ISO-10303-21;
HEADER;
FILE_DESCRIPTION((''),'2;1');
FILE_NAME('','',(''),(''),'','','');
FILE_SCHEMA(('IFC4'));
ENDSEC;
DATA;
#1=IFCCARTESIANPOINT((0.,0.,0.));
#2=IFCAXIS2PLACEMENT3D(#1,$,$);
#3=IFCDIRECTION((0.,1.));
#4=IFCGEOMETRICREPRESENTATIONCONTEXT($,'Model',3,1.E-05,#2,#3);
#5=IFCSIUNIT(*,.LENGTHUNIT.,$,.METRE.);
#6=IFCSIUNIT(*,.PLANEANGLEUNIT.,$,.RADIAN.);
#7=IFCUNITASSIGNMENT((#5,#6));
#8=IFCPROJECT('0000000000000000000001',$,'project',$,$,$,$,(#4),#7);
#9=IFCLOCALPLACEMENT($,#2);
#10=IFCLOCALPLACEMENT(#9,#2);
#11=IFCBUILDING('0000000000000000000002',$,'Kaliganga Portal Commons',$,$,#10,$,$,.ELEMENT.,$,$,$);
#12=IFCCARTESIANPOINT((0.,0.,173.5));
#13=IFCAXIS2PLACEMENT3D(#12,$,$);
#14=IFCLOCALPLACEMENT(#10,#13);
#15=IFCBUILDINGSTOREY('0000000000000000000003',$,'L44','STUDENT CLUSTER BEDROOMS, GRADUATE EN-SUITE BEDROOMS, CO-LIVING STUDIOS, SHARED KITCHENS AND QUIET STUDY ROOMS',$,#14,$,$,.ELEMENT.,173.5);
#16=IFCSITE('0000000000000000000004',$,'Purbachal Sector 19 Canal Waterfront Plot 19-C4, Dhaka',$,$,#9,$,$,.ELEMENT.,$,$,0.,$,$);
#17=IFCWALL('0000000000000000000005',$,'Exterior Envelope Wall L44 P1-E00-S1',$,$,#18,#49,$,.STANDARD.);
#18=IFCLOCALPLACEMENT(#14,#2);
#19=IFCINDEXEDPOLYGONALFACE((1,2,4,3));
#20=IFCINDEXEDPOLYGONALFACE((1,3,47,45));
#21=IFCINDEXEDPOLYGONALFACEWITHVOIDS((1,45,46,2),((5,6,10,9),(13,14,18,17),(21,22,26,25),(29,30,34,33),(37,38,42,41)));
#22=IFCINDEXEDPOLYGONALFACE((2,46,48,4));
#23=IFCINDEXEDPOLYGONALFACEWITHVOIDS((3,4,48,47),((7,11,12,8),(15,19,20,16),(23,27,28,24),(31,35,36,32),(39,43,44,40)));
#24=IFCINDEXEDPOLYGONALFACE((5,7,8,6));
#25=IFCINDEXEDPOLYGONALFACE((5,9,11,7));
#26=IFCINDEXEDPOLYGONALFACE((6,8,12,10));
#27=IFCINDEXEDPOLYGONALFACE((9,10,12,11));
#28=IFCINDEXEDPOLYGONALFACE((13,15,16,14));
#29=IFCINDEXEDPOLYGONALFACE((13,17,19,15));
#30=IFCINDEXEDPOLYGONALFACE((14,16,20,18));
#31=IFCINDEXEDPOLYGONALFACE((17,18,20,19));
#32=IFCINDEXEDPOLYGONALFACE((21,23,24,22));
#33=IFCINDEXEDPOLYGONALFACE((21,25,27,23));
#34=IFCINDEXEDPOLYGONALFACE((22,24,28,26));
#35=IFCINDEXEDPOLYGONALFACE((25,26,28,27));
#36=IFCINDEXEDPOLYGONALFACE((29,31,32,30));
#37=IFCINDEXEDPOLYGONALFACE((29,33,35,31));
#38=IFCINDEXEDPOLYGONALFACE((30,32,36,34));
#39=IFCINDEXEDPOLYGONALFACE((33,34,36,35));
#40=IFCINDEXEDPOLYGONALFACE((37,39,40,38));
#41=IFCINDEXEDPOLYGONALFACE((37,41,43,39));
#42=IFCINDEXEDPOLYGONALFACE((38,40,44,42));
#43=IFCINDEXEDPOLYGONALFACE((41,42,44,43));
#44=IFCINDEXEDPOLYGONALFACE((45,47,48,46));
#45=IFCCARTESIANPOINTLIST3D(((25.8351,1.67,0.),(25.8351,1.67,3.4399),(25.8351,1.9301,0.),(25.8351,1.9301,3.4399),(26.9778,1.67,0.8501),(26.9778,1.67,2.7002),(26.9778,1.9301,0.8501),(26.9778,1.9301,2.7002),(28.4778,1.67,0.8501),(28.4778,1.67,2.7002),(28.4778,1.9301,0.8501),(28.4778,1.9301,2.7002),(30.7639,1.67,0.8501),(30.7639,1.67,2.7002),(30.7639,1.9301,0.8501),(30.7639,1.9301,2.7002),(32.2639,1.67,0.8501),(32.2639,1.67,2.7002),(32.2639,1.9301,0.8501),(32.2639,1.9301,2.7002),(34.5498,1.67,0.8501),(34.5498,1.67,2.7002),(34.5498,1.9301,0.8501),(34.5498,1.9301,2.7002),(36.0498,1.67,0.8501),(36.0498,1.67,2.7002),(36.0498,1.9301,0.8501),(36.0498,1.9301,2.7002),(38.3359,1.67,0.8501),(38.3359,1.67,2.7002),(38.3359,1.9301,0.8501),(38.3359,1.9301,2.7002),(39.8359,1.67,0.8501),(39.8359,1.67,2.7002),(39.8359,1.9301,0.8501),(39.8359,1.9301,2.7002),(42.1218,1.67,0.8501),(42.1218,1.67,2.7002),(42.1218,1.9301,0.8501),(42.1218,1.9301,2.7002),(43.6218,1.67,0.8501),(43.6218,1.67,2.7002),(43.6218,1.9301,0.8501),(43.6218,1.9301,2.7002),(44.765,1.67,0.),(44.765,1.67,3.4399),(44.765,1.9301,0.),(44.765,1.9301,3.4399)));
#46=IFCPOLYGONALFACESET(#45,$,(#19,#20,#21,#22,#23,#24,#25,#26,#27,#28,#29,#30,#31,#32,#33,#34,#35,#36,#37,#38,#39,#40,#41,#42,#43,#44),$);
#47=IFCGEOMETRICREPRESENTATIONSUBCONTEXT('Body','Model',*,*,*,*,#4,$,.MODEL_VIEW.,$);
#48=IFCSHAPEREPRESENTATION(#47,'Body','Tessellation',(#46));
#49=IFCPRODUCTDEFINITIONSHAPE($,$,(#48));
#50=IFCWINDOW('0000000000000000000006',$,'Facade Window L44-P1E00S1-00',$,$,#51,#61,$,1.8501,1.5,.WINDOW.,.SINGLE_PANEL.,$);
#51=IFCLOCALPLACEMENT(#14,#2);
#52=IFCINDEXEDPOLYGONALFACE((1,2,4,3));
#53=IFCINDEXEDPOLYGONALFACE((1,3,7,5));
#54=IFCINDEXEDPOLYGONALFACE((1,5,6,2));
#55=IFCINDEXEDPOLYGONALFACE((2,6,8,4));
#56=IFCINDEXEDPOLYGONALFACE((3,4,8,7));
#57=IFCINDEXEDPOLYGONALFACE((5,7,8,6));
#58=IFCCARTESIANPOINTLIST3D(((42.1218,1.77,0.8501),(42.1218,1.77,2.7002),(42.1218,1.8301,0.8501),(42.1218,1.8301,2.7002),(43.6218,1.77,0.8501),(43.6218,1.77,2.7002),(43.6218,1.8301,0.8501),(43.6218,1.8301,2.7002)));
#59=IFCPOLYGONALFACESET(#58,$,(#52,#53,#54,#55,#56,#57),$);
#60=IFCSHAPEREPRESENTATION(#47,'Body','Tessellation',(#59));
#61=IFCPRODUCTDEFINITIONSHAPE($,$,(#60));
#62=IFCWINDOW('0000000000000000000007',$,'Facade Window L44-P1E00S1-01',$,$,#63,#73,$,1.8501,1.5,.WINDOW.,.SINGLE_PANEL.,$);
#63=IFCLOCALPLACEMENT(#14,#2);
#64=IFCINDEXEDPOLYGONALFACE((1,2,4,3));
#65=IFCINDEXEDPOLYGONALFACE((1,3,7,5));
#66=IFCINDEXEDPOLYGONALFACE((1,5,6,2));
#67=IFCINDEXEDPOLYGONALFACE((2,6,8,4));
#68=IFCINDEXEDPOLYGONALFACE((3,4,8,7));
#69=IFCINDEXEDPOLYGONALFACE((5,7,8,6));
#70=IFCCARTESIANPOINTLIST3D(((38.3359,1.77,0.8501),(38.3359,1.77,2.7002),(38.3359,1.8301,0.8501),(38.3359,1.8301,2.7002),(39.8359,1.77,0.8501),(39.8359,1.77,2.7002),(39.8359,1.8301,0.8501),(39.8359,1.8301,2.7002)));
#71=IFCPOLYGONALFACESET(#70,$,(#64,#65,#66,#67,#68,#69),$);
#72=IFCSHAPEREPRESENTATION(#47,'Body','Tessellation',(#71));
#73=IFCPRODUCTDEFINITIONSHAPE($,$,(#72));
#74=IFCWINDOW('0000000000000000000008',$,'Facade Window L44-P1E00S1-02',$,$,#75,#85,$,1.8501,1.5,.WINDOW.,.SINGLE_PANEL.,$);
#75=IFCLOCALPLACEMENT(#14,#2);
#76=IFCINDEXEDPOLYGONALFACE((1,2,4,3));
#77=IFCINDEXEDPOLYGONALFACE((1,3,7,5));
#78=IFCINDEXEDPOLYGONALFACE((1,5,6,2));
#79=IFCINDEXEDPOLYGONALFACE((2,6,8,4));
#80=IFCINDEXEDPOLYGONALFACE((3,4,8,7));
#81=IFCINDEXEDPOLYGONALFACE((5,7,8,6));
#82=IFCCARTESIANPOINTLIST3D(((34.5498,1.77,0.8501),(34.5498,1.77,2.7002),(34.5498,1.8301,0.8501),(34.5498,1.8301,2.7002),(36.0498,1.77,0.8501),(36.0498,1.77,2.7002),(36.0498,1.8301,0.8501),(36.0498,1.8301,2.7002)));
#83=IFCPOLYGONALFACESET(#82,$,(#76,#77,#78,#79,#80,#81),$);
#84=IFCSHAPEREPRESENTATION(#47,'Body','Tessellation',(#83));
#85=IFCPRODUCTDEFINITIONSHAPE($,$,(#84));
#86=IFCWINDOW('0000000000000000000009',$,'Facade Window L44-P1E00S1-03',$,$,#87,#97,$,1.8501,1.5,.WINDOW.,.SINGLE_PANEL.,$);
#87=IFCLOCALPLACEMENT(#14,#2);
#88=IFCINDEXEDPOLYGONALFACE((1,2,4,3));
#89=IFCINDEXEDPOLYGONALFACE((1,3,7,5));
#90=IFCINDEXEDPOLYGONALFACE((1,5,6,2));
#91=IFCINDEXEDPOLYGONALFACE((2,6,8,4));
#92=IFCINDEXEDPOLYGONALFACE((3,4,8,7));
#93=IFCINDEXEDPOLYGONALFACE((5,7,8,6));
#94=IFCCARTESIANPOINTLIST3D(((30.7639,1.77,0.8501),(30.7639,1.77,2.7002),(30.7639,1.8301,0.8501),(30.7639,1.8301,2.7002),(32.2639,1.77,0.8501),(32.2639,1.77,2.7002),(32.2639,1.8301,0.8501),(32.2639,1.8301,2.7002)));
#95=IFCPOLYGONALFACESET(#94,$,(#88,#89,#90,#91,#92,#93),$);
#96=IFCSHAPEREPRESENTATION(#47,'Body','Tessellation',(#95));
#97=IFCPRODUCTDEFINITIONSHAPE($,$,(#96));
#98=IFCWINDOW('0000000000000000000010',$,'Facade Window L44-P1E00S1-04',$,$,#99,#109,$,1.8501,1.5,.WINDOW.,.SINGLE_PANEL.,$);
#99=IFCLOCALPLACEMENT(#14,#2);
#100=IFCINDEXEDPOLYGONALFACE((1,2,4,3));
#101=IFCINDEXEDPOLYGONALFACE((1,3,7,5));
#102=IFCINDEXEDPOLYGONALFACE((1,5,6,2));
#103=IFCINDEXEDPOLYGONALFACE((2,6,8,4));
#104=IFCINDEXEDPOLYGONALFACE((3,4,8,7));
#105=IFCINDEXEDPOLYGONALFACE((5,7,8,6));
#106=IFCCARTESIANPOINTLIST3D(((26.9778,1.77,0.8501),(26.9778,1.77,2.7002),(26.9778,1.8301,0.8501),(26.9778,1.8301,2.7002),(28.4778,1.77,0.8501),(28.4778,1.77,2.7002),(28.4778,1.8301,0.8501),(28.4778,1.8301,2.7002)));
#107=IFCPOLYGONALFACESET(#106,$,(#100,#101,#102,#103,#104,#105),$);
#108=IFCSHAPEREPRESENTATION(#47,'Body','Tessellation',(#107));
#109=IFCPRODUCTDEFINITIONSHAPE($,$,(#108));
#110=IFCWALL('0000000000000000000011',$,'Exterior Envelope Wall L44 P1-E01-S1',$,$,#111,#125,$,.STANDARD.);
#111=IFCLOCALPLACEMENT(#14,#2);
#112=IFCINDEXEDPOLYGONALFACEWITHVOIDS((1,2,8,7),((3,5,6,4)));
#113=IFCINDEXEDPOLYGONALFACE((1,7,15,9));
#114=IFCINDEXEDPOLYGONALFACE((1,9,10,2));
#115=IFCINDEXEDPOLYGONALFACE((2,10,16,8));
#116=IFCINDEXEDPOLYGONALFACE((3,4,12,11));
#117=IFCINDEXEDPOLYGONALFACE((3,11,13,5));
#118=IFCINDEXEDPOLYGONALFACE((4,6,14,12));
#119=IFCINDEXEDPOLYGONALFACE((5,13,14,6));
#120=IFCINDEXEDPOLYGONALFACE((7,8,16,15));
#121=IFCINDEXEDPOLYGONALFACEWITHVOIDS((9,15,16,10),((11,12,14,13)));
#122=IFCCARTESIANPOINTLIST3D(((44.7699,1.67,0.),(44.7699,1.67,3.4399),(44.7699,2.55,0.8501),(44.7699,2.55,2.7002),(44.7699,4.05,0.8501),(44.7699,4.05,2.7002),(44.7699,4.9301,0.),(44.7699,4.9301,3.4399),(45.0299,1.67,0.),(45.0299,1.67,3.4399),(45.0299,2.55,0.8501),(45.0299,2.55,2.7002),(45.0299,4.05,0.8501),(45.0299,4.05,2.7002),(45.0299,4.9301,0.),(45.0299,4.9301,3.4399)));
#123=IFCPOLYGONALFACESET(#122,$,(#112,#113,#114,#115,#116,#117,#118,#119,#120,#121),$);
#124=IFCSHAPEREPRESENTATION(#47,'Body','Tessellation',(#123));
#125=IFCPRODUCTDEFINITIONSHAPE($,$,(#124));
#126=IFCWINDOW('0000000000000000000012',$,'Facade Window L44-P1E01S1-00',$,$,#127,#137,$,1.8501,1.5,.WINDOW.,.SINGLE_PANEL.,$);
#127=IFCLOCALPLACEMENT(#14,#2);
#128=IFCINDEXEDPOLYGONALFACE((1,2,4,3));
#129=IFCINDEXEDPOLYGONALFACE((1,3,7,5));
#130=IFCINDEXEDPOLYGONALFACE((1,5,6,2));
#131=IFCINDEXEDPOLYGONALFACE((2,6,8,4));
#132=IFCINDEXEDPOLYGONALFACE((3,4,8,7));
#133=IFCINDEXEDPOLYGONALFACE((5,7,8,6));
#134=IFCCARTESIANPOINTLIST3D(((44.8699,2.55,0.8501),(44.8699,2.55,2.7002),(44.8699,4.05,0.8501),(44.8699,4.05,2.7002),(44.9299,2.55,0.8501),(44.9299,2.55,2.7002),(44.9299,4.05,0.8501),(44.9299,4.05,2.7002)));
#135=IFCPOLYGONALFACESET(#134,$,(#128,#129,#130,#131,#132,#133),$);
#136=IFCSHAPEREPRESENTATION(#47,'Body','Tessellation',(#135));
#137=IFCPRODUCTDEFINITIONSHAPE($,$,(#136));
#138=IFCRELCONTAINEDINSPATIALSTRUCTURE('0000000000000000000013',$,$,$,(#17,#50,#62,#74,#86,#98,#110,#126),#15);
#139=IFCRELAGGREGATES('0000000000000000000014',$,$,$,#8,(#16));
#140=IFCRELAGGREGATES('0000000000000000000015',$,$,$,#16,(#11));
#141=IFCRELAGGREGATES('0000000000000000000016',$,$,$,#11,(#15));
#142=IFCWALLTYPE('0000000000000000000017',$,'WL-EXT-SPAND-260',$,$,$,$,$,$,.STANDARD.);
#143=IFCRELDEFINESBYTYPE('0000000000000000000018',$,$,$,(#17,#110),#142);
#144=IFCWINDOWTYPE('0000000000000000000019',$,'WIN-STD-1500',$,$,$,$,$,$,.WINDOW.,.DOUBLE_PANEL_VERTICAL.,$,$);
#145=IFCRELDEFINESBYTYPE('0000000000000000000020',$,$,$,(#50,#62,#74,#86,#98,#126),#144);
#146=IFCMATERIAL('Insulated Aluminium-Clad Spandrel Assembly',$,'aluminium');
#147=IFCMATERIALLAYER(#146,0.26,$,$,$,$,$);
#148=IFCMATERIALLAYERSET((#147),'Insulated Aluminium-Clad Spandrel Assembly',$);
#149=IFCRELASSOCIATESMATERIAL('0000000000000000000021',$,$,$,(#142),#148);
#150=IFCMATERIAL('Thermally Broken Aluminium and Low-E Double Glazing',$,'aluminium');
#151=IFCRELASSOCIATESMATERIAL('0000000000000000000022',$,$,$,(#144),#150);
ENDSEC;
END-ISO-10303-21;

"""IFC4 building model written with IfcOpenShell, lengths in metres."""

from ifc_helpers import new_model, si_unit, direction, frame, frame_2d, origin, place, context, subcontext, project, spatial, rectangle, extrude, material, layer, layer_set, type_object, element, fill, save


model = new_model("IFC4")

# Units and contexts
model_context = context("Model", 3, precision=1e-05, world=origin(), true_north=direction((0.0, 1.0)))
body_context = subcontext(model_context, "Body", "Model", "MODEL_VIEW")
ifc_project = project(units=[si_unit("LENGTHUNIT", "METRE"), si_unit("PLANEANGLEUNIT", "RADIAN")], contexts=[model_context])

# Site, building, storey
site_placement = place(None, origin())
site = spatial("IfcSite", under=ifc_project, at=site_placement, Name="Purbachal Sector 19 Canal Waterfront Plot 19-C4, Dhaka", CompositionType="ELEMENT", RefElevation=0.0)
building_placement = place(site_placement, origin())
building = spatial("IfcBuilding", under=site, at=building_placement, Name="Kaliganga Portal Commons", CompositionType="ELEMENT")
storey_placement = place(building_placement, frame((0.0, 0.0, 173.5)))
storey = spatial("IfcBuildingStorey", under=building, at=storey_placement, Name="L44", Description="STUDENT CLUSTER BEDROOMS, GRADUATE EN-SUITE BEDROOMS, CO-LIVING STUDIOS, SHARED KITCHENS AND QUIET STUDY ROOMS", CompositionType="ELEMENT", Elevation=173.5)

# Wall, openings, windows
ifc_material_1 = material(Name="Insulated Aluminium-Clad Spandrel Assembly", Category="aluminium")
ifc_layer_1 = layer(ifc_material_1, 0.26)
ifc_layer_set_1 = layer_set([ifc_layer_1], Name="Insulated Aluminium-Clad Spandrel Assembly")
wall_type_1 = type_object("IfcWallType", Name="WL-EXT-SPAND-260", PredefinedType="STANDARD", material=ifc_layer_set_1)
wall_1_placement = place(storey_placement, frame((44.7649, 1.8, 0.0), z_axis=(0.0, 0.0, 1.0), x_axis=(-1.0, 0.0, 0.0)))
wall_1 = element("IfcWall", 1, at=wall_1_placement, inside=storey, type_object=wall_type_1, Name="Exterior Envelope Wall L44 P1-E00-S1", PredefinedType="STANDARD", context=body_context, shape_type="SweptSolid", body=[
    extrude(rectangle(XDim=18.9299, YDim=0.26, at=frame_2d((9.4648, 0.0))), origin(), (0.0, 0.0, 1.0), 3.4399),
])
opening_1_placement = place(wall_1_placement, frame((1.1431, 0.0, 0.8501)))
opening_1 = element("IfcOpeningElement", 2, at=opening_1_placement, cuts=wall_1, PredefinedType="OPENING", context=body_context, shape_type="SweptSolid", body=[
    extrude(rectangle(XDim=1.5, YDim=1.8501, at=frame_2d((0.75, 0.925))), frame((0.0, 0.1401, 0.0), z_axis=(0.0, -1.0, 0.0), x_axis=(1.0, 0.0, 0.0)), (0.0, 0.0, 1.0), 0.28),
])
opening_2_placement = place(wall_1_placement, frame((4.929, 0.0, 0.8501)))
opening_2 = element("IfcOpeningElement", 3, at=opening_2_placement, cuts=wall_1, PredefinedType="OPENING", context=body_context, shape_type="SweptSolid", body=[
    extrude(rectangle(XDim=1.5, YDim=1.8501, at=frame_2d((0.75, 0.925))), frame((0.0, 0.1401, 0.0), z_axis=(0.0, -1.0, 0.0), x_axis=(1.0, 0.0, 0.0)), (0.0, 0.0, 1.0), 0.28),
])
opening_3_placement = place(wall_1_placement, frame((8.7151, 0.0, 0.8501)))
opening_3 = element("IfcOpeningElement", 4, at=opening_3_placement, cuts=wall_1, PredefinedType="OPENING", context=body_context, shape_type="SweptSolid", body=[
    extrude(rectangle(XDim=1.5, YDim=1.8501, at=frame_2d((0.75, 0.925))), frame((0.0, 0.1401, 0.0), z_axis=(0.0, -1.0, 0.0), x_axis=(1.0, 0.0, 0.0)), (0.0, 0.0, 1.0), 0.28),
])
opening_4_placement = place(wall_1_placement, frame((12.501, 0.0, 0.8501)))
opening_4 = element("IfcOpeningElement", 5, at=opening_4_placement, cuts=wall_1, PredefinedType="OPENING", context=body_context, shape_type="SweptSolid", body=[
    extrude(rectangle(XDim=1.5, YDim=1.8501, at=frame_2d((0.75, 0.925))), frame((0.0, 0.1401, 0.0), z_axis=(0.0, -1.0, 0.0), x_axis=(1.0, 0.0, 0.0)), (0.0, 0.0, 1.0), 0.28),
])
opening_5_placement = place(wall_1_placement, frame((16.2871, 0.0, 0.8501)))
opening_5 = element("IfcOpeningElement", 6, at=opening_5_placement, cuts=wall_1, PredefinedType="OPENING", context=body_context, shape_type="SweptSolid", body=[
    extrude(rectangle(XDim=1.5, YDim=1.8501, at=frame_2d((0.75, 0.925))), frame((0.0, 0.1401, 0.0), z_axis=(0.0, -1.0, 0.0), x_axis=(1.0, 0.0, 0.0)), (0.0, 0.0, 1.0), 0.28),
])
ifc_material_2 = material(Name="Thermally Broken Aluminium and Low-E Double Glazing", Category="aluminium")
window_type = type_object("IfcWindowType", Name="WIN-STD-1500", PartitioningType="DOUBLE_PANEL_VERTICAL", PredefinedType="WINDOW", material=ifc_material_2)
window_1_placement = place(opening_1_placement, origin())
window_1 = element("IfcWindow", 7, at=window_1_placement, inside=storey, type_object=window_type, Name="Facade Window L44-P1E00S1-00", OverallHeight=1.8501, OverallWidth=1.5, PartitioningType="SINGLE_PANEL", PredefinedType="WINDOW", context=body_context, shape_type="SweptSolid", body=[
    extrude(rectangle(XDim=1.5, YDim=1.8501, at=frame_2d((0.75, 0.925))), frame((0.0, 0.03, 0.0), z_axis=(0.0, -1.0, 0.0), x_axis=(1.0, 0.0, 0.0)), (0.0, 0.0, 1.0), 0.0601),
])
fill(opening_1, window_1)
window_2_placement = place(opening_2_placement, origin())
window_2 = element("IfcWindow", 8, at=window_2_placement, inside=storey, type_object=window_type, Name="Facade Window L44-P1E00S1-01", OverallHeight=1.8501, OverallWidth=1.5, PartitioningType="SINGLE_PANEL", PredefinedType="WINDOW", context=body_context, shape_type="SweptSolid", body=[
    extrude(rectangle(XDim=1.5, YDim=1.8501, at=frame_2d((0.75, 0.925))), frame((0.0, 0.03, 0.0), z_axis=(0.0, -1.0, 0.0), x_axis=(1.0, 0.0, 0.0)), (0.0, 0.0, 1.0), 0.0601),
])
fill(opening_2, window_2)
window_3_placement = place(opening_3_placement, origin())
window_3 = element("IfcWindow", 9, at=window_3_placement, inside=storey, type_object=window_type, Name="Facade Window L44-P1E00S1-02", OverallHeight=1.8501, OverallWidth=1.5, PartitioningType="SINGLE_PANEL", PredefinedType="WINDOW", context=body_context, shape_type="SweptSolid", body=[
    extrude(rectangle(XDim=1.5, YDim=1.8501, at=frame_2d((0.75, 0.925))), frame((0.0, 0.03, 0.0), z_axis=(0.0, -1.0, 0.0), x_axis=(1.0, 0.0, 0.0)), (0.0, 0.0, 1.0), 0.0601),
])
fill(opening_3, window_3)
window_4_placement = place(opening_4_placement, origin())
window_4 = element("IfcWindow", 10, at=window_4_placement, inside=storey, type_object=window_type, Name="Facade Window L44-P1E00S1-03", OverallHeight=1.8501, OverallWidth=1.5, PartitioningType="SINGLE_PANEL", PredefinedType="WINDOW", context=body_context, shape_type="SweptSolid", body=[
    extrude(rectangle(XDim=1.5, YDim=1.8501, at=frame_2d((0.75, 0.925))), frame((0.0, 0.03, 0.0), z_axis=(0.0, -1.0, 0.0), x_axis=(1.0, 0.0, 0.0)), (0.0, 0.0, 1.0), 0.0601),
])
fill(opening_4, window_4)
window_5_placement = place(opening_5_placement, origin())
window_5 = element("IfcWindow", 11, at=window_5_placement, inside=storey, type_object=window_type, Name="Facade Window L44-P1E00S1-04", OverallHeight=1.8501, OverallWidth=1.5, PartitioningType="SINGLE_PANEL", PredefinedType="WINDOW", context=body_context, shape_type="SweptSolid", body=[
    extrude(rectangle(XDim=1.5, YDim=1.8501, at=frame_2d((0.75, 0.925))), frame((0.0, 0.03, 0.0), z_axis=(0.0, -1.0, 0.0), x_axis=(1.0, 0.0, 0.0)), (0.0, 0.0, 1.0), 0.0601),
])
fill(opening_5, window_5)

# Wall, opening, window
wall_2_placement = place(storey_placement, frame((44.8999, 4.9299, 0.0), z_axis=(0.0, 0.0, 1.0), x_axis=(0.0, -1.0, 0.0)))
wall_2 = element("IfcWall", 12, at=wall_2_placement, inside=storey, type_object=wall_type_1, Name="Exterior Envelope Wall L44 P1-E01-S1", PredefinedType="STANDARD", context=body_context, shape_type="SweptSolid", body=[
    extrude(rectangle(XDim=3.26, YDim=0.26, at=frame_2d((1.6299, 0.0))), origin(), (0.0, 0.0, 1.0), 3.4399),
])
opening_6_placement = place(wall_2_placement, frame((0.8799, 0.0, 0.8501)))
opening_6 = element("IfcOpeningElement", 13, at=opening_6_placement, cuts=wall_2, PredefinedType="OPENING", context=body_context, shape_type="SweptSolid", body=[
    extrude(rectangle(XDim=1.5, YDim=1.8501, at=frame_2d((0.75, 0.925))), frame((0.0, 0.1401, 0.0), z_axis=(0.0, -1.0, 0.0), x_axis=(1.0, 0.0, 0.0)), (0.0, 0.0, 1.0), 0.28),
])
window_6_placement = place(opening_6_placement, origin())
window_6 = element("IfcWindow", 14, at=window_6_placement, inside=storey, type_object=window_type, Name="Facade Window L44-P1E01S1-00", OverallHeight=1.8501, OverallWidth=1.5, PartitioningType="SINGLE_PANEL", PredefinedType="WINDOW", context=body_context, shape_type="SweptSolid", body=[
    extrude(rectangle(XDim=1.5, YDim=1.8501, at=frame_2d((0.75, 0.925))), frame((0.0, 0.03, 0.0), z_axis=(0.0, -1.0, 0.0), x_axis=(1.0, 0.0, 0.0)), (0.0, 0.0, 1.0), 0.0601),
])
fill(opening_6, window_6)

save(model, "model.ifc")
